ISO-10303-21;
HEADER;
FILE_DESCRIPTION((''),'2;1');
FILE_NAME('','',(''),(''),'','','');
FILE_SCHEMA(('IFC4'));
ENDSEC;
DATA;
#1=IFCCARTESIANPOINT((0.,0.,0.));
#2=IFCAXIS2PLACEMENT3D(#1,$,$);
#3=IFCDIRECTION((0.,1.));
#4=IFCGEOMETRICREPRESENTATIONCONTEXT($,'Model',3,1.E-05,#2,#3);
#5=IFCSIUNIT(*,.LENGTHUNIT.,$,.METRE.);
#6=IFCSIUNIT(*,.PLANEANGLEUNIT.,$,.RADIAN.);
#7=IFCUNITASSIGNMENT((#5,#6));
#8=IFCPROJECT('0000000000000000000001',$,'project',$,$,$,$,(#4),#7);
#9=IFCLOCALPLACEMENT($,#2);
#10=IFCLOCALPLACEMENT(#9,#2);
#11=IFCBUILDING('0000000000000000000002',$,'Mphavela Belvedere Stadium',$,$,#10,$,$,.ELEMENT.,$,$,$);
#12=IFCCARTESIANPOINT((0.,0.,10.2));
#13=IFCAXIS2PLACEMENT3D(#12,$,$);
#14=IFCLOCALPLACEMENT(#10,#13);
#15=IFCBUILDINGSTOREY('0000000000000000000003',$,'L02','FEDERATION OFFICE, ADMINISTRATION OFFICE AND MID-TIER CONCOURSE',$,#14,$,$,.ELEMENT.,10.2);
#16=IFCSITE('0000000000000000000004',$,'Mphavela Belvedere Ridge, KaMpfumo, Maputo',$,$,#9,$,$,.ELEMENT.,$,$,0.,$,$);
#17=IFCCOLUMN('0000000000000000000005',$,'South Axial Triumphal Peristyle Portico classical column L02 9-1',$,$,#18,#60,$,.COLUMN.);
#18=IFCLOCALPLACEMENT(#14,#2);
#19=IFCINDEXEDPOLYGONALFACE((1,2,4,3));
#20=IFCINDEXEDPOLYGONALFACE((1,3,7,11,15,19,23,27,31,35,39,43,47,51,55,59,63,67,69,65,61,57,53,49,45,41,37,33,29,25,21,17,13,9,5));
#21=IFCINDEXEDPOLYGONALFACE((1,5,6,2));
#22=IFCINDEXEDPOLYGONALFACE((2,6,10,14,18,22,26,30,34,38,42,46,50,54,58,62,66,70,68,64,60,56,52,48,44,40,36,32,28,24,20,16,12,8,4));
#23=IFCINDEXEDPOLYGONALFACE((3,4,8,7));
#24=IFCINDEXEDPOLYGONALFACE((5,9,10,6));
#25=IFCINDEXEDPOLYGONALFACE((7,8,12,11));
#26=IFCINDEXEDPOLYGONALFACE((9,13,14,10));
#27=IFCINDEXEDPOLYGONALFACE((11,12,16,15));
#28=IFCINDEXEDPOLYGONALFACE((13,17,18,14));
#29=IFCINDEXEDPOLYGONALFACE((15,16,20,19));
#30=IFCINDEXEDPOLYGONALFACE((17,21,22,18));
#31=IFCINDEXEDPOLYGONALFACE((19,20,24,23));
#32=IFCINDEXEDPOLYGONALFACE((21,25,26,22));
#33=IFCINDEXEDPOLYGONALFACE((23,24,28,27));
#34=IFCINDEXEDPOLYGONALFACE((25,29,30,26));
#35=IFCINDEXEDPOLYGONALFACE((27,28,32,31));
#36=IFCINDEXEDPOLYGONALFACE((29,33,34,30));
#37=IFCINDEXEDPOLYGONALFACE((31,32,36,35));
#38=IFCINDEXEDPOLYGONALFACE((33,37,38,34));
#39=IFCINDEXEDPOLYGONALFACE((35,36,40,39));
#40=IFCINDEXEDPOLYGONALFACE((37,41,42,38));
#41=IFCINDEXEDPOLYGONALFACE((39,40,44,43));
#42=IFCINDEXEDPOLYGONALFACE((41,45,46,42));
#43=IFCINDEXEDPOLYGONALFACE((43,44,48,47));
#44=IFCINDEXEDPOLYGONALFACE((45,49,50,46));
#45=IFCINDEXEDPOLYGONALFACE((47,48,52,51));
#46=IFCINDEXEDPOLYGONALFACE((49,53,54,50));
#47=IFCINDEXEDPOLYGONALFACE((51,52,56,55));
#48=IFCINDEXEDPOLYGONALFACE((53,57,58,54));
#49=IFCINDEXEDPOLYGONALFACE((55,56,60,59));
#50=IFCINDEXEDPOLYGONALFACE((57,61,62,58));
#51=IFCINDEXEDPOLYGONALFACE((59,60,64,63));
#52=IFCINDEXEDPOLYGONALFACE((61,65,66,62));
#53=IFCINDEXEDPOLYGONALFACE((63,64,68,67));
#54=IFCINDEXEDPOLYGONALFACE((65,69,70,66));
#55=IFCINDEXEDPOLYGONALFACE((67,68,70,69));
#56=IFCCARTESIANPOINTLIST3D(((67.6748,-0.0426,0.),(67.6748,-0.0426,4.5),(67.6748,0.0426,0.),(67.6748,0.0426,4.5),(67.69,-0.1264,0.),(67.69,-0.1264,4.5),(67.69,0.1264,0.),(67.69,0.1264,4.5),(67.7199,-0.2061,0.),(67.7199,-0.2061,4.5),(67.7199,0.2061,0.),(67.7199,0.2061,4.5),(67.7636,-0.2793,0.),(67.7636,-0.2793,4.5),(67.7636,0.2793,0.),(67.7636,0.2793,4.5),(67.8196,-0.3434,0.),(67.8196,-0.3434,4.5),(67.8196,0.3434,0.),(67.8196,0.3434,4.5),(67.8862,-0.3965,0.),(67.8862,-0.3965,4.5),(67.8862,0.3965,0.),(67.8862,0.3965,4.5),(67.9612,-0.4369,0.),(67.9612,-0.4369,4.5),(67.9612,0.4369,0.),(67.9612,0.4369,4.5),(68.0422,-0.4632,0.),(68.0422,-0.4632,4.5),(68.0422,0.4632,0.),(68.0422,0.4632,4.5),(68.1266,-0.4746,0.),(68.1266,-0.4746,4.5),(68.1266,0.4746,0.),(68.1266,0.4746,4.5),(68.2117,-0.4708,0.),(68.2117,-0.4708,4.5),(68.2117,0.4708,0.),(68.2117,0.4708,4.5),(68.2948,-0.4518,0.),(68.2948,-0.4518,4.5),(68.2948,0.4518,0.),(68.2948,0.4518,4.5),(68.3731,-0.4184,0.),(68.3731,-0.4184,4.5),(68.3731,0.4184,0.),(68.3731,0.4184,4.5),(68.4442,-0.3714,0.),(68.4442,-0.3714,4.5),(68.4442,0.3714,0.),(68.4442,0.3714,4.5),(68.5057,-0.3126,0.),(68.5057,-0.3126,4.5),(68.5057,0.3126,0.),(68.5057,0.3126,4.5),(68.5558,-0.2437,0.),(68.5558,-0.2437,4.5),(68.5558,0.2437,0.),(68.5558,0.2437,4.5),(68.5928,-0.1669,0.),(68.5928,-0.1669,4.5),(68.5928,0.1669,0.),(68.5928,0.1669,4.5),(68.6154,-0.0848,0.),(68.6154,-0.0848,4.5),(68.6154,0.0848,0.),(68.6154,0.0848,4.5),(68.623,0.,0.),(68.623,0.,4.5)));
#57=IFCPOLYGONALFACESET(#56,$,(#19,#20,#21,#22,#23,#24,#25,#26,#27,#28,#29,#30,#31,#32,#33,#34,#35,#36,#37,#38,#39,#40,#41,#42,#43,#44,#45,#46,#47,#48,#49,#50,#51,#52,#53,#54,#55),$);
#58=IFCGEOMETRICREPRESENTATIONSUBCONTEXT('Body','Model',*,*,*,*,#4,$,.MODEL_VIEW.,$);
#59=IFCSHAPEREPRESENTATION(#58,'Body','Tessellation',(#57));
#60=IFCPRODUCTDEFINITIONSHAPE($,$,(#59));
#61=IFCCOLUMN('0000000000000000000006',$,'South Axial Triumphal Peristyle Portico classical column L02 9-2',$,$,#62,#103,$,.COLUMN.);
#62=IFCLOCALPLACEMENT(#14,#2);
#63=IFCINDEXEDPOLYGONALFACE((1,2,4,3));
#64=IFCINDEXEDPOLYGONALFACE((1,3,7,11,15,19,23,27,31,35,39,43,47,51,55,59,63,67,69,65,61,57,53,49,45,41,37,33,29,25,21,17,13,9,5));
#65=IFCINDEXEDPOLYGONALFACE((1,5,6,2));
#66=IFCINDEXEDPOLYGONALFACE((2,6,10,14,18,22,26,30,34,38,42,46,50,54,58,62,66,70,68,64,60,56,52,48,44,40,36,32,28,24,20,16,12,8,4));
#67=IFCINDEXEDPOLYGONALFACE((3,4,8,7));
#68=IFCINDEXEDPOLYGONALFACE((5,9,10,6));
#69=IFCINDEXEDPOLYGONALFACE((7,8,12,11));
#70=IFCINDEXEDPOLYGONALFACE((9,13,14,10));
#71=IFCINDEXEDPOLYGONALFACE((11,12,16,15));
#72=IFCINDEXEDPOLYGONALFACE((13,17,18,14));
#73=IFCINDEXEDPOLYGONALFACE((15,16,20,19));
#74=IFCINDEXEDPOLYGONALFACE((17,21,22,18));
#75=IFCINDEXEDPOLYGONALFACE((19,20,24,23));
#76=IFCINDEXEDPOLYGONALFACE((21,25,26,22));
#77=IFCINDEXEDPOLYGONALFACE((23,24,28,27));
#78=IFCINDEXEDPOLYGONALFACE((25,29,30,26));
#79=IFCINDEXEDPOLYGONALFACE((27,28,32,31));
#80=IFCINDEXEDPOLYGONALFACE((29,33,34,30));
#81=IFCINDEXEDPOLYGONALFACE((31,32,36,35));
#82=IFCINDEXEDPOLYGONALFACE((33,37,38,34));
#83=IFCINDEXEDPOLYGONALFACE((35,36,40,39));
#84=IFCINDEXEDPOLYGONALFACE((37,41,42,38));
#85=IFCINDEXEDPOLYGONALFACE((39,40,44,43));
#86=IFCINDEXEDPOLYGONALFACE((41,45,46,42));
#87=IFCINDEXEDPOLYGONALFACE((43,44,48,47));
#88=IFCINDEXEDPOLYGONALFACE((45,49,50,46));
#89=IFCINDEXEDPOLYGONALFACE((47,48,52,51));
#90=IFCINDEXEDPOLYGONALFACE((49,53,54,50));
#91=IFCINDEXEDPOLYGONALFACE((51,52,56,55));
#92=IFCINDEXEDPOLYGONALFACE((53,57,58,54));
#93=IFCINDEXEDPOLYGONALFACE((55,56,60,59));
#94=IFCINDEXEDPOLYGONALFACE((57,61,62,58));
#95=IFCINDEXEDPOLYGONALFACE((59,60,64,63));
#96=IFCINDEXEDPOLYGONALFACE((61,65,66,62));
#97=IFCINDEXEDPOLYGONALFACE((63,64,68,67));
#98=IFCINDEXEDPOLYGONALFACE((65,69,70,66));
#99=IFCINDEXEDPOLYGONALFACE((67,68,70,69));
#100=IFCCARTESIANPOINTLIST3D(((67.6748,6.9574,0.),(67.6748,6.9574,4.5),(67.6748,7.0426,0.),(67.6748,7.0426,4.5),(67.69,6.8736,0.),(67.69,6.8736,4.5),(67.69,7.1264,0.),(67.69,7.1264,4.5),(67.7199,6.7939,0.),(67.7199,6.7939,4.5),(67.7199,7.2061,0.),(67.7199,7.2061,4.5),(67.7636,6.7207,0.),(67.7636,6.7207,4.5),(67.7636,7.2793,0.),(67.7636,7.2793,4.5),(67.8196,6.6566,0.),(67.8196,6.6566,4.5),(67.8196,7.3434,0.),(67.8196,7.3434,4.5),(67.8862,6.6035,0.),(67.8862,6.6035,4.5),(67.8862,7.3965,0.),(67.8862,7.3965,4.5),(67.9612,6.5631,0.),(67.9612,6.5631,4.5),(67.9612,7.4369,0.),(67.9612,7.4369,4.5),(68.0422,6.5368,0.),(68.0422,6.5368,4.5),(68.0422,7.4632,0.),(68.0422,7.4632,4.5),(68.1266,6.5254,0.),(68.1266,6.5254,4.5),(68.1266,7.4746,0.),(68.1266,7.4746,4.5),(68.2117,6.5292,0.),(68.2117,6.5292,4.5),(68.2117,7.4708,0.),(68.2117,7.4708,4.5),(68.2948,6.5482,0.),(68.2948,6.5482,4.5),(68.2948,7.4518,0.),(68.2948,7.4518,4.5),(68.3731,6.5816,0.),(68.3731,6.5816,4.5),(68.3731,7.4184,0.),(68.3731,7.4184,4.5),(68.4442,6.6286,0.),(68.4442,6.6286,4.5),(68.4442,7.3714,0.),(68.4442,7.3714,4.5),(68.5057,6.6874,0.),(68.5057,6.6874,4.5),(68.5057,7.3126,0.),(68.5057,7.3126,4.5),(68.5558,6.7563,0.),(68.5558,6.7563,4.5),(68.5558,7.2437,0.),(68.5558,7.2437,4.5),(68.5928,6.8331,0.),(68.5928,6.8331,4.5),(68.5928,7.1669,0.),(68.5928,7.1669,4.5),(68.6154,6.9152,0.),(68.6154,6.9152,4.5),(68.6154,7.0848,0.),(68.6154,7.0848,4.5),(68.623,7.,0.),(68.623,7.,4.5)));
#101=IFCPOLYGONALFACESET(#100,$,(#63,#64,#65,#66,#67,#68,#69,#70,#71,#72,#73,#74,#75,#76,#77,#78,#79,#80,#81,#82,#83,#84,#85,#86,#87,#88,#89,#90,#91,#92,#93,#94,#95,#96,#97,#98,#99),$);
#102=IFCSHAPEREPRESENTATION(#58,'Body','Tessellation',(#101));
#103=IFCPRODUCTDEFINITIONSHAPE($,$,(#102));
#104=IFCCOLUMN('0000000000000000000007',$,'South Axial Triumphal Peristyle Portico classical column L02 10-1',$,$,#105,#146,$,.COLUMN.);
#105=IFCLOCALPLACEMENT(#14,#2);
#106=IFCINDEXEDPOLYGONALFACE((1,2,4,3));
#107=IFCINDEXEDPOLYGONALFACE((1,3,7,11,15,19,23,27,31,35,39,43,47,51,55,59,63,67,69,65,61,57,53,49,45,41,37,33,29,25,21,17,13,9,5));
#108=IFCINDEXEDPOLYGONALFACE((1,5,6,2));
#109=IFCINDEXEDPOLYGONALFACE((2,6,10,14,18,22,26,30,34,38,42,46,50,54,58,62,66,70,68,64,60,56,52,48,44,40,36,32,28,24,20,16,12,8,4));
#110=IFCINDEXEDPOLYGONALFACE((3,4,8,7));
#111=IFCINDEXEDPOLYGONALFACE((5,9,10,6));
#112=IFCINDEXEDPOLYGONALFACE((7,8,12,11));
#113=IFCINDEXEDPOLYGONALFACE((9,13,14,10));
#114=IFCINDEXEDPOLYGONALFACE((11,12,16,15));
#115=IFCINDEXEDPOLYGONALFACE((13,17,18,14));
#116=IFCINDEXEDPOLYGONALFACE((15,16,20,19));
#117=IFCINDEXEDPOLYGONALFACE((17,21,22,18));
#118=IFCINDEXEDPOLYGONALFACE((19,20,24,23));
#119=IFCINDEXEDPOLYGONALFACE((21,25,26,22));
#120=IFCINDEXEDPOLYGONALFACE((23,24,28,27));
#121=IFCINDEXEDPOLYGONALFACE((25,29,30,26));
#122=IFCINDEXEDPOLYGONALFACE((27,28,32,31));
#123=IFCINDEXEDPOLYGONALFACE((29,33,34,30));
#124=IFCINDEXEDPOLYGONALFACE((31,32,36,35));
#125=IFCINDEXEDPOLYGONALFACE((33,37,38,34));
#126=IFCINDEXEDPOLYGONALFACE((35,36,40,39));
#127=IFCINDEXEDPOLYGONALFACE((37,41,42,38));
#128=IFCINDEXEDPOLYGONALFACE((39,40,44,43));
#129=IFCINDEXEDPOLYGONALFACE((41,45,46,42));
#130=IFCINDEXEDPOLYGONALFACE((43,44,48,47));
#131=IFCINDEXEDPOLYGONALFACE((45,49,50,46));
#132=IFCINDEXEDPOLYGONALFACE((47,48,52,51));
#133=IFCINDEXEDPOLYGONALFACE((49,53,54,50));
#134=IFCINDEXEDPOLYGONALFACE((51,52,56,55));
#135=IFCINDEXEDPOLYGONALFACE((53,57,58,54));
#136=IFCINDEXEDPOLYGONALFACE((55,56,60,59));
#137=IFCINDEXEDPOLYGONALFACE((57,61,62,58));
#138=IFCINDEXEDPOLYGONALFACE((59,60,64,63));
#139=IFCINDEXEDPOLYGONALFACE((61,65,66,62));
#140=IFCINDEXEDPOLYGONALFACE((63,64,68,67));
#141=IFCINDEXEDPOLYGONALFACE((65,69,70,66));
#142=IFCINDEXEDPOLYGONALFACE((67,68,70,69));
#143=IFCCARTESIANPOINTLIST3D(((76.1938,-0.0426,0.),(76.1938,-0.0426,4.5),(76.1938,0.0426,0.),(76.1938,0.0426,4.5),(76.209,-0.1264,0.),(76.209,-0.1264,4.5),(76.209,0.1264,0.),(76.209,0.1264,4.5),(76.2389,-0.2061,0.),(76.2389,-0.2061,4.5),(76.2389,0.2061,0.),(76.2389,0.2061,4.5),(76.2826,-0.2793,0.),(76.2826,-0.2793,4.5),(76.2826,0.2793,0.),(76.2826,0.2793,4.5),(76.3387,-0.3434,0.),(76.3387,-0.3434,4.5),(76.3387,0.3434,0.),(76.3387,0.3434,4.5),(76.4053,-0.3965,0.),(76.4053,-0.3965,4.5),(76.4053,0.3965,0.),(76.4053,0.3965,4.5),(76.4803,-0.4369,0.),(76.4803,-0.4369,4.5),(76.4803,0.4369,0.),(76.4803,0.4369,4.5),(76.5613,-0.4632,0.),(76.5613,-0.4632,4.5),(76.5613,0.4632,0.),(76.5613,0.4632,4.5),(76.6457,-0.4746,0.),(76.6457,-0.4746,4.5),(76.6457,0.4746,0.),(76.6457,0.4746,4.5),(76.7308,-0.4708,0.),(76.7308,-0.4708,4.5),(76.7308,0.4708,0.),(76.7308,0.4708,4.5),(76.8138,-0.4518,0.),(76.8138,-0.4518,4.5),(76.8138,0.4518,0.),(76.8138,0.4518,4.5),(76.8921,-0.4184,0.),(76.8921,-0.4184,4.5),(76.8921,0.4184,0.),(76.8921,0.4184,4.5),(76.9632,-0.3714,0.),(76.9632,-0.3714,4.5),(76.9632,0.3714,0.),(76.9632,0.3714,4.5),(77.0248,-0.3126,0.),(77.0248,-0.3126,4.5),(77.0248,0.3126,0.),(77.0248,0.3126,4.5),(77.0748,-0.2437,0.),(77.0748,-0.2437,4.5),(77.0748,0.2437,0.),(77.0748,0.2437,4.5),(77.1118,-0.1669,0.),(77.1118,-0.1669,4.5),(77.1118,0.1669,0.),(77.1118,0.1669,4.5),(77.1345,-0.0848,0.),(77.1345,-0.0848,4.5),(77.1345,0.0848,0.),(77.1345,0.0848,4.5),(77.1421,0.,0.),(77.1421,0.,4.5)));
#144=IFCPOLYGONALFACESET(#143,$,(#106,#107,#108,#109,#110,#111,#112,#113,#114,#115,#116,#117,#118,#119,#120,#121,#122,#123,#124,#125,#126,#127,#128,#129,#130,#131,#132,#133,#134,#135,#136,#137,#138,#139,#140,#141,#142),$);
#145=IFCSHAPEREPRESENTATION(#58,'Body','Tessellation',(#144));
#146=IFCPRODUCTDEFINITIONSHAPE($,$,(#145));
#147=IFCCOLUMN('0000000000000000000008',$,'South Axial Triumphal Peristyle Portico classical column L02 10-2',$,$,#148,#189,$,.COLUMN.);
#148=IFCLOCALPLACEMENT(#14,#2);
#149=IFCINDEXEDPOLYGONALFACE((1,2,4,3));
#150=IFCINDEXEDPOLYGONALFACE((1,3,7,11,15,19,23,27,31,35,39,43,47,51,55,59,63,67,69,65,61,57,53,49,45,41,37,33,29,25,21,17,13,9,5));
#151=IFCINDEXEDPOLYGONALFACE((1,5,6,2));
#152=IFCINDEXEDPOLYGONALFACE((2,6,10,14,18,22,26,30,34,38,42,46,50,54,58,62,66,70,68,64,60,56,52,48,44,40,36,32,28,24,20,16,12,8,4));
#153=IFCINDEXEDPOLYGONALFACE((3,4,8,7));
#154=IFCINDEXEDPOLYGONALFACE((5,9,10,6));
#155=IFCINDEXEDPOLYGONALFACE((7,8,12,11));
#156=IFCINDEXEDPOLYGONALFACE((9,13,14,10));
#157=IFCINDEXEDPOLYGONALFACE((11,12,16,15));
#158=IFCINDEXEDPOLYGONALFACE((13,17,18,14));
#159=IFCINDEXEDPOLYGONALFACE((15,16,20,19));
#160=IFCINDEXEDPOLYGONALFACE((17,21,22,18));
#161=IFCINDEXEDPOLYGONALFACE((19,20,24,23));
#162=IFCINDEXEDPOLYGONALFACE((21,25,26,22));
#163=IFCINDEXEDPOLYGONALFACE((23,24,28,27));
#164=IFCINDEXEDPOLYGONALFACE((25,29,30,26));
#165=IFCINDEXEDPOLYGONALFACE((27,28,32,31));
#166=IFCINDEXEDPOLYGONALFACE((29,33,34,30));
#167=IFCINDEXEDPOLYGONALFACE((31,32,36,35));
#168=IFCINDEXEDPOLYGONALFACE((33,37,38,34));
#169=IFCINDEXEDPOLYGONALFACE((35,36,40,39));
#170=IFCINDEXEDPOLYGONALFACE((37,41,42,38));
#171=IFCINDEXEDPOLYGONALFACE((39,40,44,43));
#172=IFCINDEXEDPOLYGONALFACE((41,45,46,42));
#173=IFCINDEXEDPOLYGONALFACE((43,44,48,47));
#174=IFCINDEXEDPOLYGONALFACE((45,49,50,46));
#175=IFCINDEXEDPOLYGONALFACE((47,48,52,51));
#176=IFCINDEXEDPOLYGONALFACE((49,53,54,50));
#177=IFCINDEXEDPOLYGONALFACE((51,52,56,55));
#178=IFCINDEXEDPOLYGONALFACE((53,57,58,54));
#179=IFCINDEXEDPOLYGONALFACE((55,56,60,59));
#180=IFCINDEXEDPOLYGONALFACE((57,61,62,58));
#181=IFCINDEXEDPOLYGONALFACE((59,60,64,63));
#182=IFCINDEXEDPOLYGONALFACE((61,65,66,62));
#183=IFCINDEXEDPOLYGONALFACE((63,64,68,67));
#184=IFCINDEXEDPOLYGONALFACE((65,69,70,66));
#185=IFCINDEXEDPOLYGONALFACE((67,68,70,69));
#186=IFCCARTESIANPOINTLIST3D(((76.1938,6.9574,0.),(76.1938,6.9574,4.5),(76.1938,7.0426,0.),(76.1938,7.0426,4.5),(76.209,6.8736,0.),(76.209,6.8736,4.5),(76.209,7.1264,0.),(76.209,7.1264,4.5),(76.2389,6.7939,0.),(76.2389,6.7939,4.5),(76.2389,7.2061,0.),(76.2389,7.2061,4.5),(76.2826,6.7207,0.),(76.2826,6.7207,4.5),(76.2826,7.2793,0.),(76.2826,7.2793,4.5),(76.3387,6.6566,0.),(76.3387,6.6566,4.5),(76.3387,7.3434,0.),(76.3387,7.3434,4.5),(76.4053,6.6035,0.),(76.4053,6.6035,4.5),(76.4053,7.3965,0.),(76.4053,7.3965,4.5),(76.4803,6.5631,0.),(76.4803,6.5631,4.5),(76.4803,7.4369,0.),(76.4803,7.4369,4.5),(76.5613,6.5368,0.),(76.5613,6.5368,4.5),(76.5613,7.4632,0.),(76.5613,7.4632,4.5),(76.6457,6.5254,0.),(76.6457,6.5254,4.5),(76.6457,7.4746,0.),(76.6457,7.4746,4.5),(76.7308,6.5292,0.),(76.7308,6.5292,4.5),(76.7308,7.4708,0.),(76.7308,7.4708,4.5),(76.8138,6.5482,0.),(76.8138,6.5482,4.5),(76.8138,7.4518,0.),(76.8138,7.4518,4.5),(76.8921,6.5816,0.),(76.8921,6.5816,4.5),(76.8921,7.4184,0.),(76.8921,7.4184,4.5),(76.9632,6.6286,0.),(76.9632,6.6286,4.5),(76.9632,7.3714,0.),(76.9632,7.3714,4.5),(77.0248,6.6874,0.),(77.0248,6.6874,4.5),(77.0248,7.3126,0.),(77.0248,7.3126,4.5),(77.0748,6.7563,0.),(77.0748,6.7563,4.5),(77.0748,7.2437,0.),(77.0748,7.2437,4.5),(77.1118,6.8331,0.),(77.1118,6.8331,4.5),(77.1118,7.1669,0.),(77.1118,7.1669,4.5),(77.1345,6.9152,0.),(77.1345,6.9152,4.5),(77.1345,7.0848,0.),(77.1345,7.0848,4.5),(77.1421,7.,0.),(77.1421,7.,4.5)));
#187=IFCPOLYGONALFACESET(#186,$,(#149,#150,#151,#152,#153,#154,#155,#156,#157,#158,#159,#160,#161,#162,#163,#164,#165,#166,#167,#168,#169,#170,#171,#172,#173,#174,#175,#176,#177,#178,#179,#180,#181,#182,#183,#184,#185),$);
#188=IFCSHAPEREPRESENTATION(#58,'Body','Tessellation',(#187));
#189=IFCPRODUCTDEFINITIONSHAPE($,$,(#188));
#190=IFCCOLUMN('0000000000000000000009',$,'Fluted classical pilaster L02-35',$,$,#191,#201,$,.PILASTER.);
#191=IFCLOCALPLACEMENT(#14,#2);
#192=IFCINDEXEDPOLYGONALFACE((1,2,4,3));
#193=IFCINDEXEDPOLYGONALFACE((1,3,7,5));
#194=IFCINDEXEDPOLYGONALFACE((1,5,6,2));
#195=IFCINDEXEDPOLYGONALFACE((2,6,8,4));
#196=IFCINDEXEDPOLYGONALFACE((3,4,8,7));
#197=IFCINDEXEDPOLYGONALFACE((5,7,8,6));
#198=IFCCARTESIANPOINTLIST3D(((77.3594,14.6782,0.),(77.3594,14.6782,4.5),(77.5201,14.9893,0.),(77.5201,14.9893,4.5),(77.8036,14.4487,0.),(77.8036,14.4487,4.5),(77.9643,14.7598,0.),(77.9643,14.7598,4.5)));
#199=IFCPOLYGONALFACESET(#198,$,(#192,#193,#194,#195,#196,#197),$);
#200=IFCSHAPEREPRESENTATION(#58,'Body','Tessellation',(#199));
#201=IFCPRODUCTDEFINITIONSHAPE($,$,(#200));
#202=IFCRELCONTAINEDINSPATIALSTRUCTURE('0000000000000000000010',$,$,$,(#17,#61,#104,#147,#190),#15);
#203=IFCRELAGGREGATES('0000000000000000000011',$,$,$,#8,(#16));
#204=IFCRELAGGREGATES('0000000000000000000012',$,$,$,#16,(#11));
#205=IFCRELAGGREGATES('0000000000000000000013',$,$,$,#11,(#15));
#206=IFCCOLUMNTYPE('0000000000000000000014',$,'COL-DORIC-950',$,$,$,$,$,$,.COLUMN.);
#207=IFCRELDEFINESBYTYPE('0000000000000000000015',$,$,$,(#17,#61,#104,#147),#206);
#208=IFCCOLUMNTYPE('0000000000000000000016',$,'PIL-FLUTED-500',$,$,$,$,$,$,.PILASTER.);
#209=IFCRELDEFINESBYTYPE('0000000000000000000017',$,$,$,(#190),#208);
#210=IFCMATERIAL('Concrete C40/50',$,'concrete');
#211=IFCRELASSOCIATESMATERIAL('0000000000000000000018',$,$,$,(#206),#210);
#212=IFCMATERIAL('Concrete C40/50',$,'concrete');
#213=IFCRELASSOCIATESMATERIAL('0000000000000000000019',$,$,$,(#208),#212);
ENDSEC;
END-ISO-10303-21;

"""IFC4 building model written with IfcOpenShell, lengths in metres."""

from ifc_helpers import new_model, si_unit, direction, frame, origin, origin_2d, place, context, subcontext, project, spatial, rectangle, circle, extrude, material, material_profile, profile_set, type_object, element, save


model = new_model("IFC4")

# Units and contexts
model_context = context("Model", 3, precision=1e-05, world=origin(), true_north=direction((0.0, 1.0)))
body_context = subcontext(model_context, "Body", "Model", "MODEL_VIEW")
ifc_project = project(units=[si_unit("LENGTHUNIT", "METRE"), si_unit("PLANEANGLEUNIT", "RADIAN")], contexts=[model_context])

# Site, building, storey
site_placement = place(None, origin())
site = spatial("IfcSite", under=ifc_project, at=site_placement, Name="Mphavela Belvedere Ridge, KaMpfumo, Maputo", CompositionType="ELEMENT", RefElevation=0.0)
building_placement = place(site_placement, origin())
building = spatial("IfcBuilding", under=site, at=building_placement, Name="Mphavela Belvedere Stadium", CompositionType="ELEMENT")
storey_placement = place(building_placement, frame((0.0, 0.0, 10.2)))
storey = spatial("IfcBuildingStorey", under=building, at=storey_placement, Name="L02", Description="FEDERATION OFFICE, ADMINISTRATION OFFICE AND MID-TIER CONCOURSE", CompositionType="ELEMENT", Elevation=10.2)

# Columns
ifc_material_1 = material(Name="Concrete C40/50", Category="concrete")
ifc_material_profile_1 = material_profile(ifc_material_1, circle(Radius=0.4751, at=origin_2d()), Name="COL D950")
ifc_profile_set_1 = profile_set([ifc_material_profile_1], Name="Concrete C40/50")
column_type_1 = type_object("IfcColumnType", Name="COL-DORIC-950", PredefinedType="COLUMN", material=ifc_profile_set_1)
for number, where, z_axis, x_axis, name in (
    (1, (68.1479, 0.0, 0.0), (0.0, 0.0, 1.0), (1.0, 0.0, 0.0), "South Axial Triumphal Peristyle Portico classical column L02 9-1"),
    (2, (68.1479, 7.0, 0.0), (0.0, 0.0, 1.0), (1.0, 0.0, 0.0), "South Axial Triumphal Peristyle Portico classical column L02 9-2"),
    (3, (76.667, 0.0, 0.0), (0.0, 0.0, 1.0), (1.0, 0.0, 0.0), "South Axial Triumphal Peristyle Portico classical column L02 10-1"),
    (4, (76.667, 7.0, 0.0), (0.0, 0.0, 1.0), (1.0, 0.0, 0.0), "South Axial Triumphal Peristyle Portico classical column L02 10-2"),
):
    element("IfcColumn", number, at=place(storey_placement, frame(where, z_axis=z_axis, x_axis=x_axis)), inside=storey, type_object=column_type_1, Name=name, PredefinedType="COLUMN", context=body_context, shape_type="SweptSolid", body=[
        extrude(circle(Radius=0.4751, at=origin_2d()), origin(), (0.0, 0.0, 1.0), 4.5),
    ])
ifc_material_2 = material(Name="Concrete C40/50", Category="concrete")
ifc_material_profile_2 = material_profile(ifc_material_2, rectangle(XDim=0.5, YDim=0.3501, at=origin_2d()), Name="PIL 500x350")
ifc_profile_set_2 = profile_set([ifc_material_profile_2], Name="Concrete C40/50")
column_type_2 = type_object("IfcColumnType", Name="PIL-FLUTED-500", PredefinedType="PILASTER", material=ifc_profile_set_2)
column_placement = place(storey_placement, frame((77.6619, 14.719, 0.0), z_axis=(0.0, 0.0, 1.0), x_axis=(0.888457, -0.45896, 0.0)))
element("IfcColumn", 5, at=column_placement, inside=storey, type_object=column_type_2, Name="Fluted classical pilaster L02-35", PredefinedType="PILASTER", context=body_context, shape_type="SweptSolid", body=[
    extrude(rectangle(XDim=0.5, YDim=0.3501, at=origin_2d()), origin(), (0.0, 0.0, 1.0), 4.5),
])

save(model, "model.ifc")
